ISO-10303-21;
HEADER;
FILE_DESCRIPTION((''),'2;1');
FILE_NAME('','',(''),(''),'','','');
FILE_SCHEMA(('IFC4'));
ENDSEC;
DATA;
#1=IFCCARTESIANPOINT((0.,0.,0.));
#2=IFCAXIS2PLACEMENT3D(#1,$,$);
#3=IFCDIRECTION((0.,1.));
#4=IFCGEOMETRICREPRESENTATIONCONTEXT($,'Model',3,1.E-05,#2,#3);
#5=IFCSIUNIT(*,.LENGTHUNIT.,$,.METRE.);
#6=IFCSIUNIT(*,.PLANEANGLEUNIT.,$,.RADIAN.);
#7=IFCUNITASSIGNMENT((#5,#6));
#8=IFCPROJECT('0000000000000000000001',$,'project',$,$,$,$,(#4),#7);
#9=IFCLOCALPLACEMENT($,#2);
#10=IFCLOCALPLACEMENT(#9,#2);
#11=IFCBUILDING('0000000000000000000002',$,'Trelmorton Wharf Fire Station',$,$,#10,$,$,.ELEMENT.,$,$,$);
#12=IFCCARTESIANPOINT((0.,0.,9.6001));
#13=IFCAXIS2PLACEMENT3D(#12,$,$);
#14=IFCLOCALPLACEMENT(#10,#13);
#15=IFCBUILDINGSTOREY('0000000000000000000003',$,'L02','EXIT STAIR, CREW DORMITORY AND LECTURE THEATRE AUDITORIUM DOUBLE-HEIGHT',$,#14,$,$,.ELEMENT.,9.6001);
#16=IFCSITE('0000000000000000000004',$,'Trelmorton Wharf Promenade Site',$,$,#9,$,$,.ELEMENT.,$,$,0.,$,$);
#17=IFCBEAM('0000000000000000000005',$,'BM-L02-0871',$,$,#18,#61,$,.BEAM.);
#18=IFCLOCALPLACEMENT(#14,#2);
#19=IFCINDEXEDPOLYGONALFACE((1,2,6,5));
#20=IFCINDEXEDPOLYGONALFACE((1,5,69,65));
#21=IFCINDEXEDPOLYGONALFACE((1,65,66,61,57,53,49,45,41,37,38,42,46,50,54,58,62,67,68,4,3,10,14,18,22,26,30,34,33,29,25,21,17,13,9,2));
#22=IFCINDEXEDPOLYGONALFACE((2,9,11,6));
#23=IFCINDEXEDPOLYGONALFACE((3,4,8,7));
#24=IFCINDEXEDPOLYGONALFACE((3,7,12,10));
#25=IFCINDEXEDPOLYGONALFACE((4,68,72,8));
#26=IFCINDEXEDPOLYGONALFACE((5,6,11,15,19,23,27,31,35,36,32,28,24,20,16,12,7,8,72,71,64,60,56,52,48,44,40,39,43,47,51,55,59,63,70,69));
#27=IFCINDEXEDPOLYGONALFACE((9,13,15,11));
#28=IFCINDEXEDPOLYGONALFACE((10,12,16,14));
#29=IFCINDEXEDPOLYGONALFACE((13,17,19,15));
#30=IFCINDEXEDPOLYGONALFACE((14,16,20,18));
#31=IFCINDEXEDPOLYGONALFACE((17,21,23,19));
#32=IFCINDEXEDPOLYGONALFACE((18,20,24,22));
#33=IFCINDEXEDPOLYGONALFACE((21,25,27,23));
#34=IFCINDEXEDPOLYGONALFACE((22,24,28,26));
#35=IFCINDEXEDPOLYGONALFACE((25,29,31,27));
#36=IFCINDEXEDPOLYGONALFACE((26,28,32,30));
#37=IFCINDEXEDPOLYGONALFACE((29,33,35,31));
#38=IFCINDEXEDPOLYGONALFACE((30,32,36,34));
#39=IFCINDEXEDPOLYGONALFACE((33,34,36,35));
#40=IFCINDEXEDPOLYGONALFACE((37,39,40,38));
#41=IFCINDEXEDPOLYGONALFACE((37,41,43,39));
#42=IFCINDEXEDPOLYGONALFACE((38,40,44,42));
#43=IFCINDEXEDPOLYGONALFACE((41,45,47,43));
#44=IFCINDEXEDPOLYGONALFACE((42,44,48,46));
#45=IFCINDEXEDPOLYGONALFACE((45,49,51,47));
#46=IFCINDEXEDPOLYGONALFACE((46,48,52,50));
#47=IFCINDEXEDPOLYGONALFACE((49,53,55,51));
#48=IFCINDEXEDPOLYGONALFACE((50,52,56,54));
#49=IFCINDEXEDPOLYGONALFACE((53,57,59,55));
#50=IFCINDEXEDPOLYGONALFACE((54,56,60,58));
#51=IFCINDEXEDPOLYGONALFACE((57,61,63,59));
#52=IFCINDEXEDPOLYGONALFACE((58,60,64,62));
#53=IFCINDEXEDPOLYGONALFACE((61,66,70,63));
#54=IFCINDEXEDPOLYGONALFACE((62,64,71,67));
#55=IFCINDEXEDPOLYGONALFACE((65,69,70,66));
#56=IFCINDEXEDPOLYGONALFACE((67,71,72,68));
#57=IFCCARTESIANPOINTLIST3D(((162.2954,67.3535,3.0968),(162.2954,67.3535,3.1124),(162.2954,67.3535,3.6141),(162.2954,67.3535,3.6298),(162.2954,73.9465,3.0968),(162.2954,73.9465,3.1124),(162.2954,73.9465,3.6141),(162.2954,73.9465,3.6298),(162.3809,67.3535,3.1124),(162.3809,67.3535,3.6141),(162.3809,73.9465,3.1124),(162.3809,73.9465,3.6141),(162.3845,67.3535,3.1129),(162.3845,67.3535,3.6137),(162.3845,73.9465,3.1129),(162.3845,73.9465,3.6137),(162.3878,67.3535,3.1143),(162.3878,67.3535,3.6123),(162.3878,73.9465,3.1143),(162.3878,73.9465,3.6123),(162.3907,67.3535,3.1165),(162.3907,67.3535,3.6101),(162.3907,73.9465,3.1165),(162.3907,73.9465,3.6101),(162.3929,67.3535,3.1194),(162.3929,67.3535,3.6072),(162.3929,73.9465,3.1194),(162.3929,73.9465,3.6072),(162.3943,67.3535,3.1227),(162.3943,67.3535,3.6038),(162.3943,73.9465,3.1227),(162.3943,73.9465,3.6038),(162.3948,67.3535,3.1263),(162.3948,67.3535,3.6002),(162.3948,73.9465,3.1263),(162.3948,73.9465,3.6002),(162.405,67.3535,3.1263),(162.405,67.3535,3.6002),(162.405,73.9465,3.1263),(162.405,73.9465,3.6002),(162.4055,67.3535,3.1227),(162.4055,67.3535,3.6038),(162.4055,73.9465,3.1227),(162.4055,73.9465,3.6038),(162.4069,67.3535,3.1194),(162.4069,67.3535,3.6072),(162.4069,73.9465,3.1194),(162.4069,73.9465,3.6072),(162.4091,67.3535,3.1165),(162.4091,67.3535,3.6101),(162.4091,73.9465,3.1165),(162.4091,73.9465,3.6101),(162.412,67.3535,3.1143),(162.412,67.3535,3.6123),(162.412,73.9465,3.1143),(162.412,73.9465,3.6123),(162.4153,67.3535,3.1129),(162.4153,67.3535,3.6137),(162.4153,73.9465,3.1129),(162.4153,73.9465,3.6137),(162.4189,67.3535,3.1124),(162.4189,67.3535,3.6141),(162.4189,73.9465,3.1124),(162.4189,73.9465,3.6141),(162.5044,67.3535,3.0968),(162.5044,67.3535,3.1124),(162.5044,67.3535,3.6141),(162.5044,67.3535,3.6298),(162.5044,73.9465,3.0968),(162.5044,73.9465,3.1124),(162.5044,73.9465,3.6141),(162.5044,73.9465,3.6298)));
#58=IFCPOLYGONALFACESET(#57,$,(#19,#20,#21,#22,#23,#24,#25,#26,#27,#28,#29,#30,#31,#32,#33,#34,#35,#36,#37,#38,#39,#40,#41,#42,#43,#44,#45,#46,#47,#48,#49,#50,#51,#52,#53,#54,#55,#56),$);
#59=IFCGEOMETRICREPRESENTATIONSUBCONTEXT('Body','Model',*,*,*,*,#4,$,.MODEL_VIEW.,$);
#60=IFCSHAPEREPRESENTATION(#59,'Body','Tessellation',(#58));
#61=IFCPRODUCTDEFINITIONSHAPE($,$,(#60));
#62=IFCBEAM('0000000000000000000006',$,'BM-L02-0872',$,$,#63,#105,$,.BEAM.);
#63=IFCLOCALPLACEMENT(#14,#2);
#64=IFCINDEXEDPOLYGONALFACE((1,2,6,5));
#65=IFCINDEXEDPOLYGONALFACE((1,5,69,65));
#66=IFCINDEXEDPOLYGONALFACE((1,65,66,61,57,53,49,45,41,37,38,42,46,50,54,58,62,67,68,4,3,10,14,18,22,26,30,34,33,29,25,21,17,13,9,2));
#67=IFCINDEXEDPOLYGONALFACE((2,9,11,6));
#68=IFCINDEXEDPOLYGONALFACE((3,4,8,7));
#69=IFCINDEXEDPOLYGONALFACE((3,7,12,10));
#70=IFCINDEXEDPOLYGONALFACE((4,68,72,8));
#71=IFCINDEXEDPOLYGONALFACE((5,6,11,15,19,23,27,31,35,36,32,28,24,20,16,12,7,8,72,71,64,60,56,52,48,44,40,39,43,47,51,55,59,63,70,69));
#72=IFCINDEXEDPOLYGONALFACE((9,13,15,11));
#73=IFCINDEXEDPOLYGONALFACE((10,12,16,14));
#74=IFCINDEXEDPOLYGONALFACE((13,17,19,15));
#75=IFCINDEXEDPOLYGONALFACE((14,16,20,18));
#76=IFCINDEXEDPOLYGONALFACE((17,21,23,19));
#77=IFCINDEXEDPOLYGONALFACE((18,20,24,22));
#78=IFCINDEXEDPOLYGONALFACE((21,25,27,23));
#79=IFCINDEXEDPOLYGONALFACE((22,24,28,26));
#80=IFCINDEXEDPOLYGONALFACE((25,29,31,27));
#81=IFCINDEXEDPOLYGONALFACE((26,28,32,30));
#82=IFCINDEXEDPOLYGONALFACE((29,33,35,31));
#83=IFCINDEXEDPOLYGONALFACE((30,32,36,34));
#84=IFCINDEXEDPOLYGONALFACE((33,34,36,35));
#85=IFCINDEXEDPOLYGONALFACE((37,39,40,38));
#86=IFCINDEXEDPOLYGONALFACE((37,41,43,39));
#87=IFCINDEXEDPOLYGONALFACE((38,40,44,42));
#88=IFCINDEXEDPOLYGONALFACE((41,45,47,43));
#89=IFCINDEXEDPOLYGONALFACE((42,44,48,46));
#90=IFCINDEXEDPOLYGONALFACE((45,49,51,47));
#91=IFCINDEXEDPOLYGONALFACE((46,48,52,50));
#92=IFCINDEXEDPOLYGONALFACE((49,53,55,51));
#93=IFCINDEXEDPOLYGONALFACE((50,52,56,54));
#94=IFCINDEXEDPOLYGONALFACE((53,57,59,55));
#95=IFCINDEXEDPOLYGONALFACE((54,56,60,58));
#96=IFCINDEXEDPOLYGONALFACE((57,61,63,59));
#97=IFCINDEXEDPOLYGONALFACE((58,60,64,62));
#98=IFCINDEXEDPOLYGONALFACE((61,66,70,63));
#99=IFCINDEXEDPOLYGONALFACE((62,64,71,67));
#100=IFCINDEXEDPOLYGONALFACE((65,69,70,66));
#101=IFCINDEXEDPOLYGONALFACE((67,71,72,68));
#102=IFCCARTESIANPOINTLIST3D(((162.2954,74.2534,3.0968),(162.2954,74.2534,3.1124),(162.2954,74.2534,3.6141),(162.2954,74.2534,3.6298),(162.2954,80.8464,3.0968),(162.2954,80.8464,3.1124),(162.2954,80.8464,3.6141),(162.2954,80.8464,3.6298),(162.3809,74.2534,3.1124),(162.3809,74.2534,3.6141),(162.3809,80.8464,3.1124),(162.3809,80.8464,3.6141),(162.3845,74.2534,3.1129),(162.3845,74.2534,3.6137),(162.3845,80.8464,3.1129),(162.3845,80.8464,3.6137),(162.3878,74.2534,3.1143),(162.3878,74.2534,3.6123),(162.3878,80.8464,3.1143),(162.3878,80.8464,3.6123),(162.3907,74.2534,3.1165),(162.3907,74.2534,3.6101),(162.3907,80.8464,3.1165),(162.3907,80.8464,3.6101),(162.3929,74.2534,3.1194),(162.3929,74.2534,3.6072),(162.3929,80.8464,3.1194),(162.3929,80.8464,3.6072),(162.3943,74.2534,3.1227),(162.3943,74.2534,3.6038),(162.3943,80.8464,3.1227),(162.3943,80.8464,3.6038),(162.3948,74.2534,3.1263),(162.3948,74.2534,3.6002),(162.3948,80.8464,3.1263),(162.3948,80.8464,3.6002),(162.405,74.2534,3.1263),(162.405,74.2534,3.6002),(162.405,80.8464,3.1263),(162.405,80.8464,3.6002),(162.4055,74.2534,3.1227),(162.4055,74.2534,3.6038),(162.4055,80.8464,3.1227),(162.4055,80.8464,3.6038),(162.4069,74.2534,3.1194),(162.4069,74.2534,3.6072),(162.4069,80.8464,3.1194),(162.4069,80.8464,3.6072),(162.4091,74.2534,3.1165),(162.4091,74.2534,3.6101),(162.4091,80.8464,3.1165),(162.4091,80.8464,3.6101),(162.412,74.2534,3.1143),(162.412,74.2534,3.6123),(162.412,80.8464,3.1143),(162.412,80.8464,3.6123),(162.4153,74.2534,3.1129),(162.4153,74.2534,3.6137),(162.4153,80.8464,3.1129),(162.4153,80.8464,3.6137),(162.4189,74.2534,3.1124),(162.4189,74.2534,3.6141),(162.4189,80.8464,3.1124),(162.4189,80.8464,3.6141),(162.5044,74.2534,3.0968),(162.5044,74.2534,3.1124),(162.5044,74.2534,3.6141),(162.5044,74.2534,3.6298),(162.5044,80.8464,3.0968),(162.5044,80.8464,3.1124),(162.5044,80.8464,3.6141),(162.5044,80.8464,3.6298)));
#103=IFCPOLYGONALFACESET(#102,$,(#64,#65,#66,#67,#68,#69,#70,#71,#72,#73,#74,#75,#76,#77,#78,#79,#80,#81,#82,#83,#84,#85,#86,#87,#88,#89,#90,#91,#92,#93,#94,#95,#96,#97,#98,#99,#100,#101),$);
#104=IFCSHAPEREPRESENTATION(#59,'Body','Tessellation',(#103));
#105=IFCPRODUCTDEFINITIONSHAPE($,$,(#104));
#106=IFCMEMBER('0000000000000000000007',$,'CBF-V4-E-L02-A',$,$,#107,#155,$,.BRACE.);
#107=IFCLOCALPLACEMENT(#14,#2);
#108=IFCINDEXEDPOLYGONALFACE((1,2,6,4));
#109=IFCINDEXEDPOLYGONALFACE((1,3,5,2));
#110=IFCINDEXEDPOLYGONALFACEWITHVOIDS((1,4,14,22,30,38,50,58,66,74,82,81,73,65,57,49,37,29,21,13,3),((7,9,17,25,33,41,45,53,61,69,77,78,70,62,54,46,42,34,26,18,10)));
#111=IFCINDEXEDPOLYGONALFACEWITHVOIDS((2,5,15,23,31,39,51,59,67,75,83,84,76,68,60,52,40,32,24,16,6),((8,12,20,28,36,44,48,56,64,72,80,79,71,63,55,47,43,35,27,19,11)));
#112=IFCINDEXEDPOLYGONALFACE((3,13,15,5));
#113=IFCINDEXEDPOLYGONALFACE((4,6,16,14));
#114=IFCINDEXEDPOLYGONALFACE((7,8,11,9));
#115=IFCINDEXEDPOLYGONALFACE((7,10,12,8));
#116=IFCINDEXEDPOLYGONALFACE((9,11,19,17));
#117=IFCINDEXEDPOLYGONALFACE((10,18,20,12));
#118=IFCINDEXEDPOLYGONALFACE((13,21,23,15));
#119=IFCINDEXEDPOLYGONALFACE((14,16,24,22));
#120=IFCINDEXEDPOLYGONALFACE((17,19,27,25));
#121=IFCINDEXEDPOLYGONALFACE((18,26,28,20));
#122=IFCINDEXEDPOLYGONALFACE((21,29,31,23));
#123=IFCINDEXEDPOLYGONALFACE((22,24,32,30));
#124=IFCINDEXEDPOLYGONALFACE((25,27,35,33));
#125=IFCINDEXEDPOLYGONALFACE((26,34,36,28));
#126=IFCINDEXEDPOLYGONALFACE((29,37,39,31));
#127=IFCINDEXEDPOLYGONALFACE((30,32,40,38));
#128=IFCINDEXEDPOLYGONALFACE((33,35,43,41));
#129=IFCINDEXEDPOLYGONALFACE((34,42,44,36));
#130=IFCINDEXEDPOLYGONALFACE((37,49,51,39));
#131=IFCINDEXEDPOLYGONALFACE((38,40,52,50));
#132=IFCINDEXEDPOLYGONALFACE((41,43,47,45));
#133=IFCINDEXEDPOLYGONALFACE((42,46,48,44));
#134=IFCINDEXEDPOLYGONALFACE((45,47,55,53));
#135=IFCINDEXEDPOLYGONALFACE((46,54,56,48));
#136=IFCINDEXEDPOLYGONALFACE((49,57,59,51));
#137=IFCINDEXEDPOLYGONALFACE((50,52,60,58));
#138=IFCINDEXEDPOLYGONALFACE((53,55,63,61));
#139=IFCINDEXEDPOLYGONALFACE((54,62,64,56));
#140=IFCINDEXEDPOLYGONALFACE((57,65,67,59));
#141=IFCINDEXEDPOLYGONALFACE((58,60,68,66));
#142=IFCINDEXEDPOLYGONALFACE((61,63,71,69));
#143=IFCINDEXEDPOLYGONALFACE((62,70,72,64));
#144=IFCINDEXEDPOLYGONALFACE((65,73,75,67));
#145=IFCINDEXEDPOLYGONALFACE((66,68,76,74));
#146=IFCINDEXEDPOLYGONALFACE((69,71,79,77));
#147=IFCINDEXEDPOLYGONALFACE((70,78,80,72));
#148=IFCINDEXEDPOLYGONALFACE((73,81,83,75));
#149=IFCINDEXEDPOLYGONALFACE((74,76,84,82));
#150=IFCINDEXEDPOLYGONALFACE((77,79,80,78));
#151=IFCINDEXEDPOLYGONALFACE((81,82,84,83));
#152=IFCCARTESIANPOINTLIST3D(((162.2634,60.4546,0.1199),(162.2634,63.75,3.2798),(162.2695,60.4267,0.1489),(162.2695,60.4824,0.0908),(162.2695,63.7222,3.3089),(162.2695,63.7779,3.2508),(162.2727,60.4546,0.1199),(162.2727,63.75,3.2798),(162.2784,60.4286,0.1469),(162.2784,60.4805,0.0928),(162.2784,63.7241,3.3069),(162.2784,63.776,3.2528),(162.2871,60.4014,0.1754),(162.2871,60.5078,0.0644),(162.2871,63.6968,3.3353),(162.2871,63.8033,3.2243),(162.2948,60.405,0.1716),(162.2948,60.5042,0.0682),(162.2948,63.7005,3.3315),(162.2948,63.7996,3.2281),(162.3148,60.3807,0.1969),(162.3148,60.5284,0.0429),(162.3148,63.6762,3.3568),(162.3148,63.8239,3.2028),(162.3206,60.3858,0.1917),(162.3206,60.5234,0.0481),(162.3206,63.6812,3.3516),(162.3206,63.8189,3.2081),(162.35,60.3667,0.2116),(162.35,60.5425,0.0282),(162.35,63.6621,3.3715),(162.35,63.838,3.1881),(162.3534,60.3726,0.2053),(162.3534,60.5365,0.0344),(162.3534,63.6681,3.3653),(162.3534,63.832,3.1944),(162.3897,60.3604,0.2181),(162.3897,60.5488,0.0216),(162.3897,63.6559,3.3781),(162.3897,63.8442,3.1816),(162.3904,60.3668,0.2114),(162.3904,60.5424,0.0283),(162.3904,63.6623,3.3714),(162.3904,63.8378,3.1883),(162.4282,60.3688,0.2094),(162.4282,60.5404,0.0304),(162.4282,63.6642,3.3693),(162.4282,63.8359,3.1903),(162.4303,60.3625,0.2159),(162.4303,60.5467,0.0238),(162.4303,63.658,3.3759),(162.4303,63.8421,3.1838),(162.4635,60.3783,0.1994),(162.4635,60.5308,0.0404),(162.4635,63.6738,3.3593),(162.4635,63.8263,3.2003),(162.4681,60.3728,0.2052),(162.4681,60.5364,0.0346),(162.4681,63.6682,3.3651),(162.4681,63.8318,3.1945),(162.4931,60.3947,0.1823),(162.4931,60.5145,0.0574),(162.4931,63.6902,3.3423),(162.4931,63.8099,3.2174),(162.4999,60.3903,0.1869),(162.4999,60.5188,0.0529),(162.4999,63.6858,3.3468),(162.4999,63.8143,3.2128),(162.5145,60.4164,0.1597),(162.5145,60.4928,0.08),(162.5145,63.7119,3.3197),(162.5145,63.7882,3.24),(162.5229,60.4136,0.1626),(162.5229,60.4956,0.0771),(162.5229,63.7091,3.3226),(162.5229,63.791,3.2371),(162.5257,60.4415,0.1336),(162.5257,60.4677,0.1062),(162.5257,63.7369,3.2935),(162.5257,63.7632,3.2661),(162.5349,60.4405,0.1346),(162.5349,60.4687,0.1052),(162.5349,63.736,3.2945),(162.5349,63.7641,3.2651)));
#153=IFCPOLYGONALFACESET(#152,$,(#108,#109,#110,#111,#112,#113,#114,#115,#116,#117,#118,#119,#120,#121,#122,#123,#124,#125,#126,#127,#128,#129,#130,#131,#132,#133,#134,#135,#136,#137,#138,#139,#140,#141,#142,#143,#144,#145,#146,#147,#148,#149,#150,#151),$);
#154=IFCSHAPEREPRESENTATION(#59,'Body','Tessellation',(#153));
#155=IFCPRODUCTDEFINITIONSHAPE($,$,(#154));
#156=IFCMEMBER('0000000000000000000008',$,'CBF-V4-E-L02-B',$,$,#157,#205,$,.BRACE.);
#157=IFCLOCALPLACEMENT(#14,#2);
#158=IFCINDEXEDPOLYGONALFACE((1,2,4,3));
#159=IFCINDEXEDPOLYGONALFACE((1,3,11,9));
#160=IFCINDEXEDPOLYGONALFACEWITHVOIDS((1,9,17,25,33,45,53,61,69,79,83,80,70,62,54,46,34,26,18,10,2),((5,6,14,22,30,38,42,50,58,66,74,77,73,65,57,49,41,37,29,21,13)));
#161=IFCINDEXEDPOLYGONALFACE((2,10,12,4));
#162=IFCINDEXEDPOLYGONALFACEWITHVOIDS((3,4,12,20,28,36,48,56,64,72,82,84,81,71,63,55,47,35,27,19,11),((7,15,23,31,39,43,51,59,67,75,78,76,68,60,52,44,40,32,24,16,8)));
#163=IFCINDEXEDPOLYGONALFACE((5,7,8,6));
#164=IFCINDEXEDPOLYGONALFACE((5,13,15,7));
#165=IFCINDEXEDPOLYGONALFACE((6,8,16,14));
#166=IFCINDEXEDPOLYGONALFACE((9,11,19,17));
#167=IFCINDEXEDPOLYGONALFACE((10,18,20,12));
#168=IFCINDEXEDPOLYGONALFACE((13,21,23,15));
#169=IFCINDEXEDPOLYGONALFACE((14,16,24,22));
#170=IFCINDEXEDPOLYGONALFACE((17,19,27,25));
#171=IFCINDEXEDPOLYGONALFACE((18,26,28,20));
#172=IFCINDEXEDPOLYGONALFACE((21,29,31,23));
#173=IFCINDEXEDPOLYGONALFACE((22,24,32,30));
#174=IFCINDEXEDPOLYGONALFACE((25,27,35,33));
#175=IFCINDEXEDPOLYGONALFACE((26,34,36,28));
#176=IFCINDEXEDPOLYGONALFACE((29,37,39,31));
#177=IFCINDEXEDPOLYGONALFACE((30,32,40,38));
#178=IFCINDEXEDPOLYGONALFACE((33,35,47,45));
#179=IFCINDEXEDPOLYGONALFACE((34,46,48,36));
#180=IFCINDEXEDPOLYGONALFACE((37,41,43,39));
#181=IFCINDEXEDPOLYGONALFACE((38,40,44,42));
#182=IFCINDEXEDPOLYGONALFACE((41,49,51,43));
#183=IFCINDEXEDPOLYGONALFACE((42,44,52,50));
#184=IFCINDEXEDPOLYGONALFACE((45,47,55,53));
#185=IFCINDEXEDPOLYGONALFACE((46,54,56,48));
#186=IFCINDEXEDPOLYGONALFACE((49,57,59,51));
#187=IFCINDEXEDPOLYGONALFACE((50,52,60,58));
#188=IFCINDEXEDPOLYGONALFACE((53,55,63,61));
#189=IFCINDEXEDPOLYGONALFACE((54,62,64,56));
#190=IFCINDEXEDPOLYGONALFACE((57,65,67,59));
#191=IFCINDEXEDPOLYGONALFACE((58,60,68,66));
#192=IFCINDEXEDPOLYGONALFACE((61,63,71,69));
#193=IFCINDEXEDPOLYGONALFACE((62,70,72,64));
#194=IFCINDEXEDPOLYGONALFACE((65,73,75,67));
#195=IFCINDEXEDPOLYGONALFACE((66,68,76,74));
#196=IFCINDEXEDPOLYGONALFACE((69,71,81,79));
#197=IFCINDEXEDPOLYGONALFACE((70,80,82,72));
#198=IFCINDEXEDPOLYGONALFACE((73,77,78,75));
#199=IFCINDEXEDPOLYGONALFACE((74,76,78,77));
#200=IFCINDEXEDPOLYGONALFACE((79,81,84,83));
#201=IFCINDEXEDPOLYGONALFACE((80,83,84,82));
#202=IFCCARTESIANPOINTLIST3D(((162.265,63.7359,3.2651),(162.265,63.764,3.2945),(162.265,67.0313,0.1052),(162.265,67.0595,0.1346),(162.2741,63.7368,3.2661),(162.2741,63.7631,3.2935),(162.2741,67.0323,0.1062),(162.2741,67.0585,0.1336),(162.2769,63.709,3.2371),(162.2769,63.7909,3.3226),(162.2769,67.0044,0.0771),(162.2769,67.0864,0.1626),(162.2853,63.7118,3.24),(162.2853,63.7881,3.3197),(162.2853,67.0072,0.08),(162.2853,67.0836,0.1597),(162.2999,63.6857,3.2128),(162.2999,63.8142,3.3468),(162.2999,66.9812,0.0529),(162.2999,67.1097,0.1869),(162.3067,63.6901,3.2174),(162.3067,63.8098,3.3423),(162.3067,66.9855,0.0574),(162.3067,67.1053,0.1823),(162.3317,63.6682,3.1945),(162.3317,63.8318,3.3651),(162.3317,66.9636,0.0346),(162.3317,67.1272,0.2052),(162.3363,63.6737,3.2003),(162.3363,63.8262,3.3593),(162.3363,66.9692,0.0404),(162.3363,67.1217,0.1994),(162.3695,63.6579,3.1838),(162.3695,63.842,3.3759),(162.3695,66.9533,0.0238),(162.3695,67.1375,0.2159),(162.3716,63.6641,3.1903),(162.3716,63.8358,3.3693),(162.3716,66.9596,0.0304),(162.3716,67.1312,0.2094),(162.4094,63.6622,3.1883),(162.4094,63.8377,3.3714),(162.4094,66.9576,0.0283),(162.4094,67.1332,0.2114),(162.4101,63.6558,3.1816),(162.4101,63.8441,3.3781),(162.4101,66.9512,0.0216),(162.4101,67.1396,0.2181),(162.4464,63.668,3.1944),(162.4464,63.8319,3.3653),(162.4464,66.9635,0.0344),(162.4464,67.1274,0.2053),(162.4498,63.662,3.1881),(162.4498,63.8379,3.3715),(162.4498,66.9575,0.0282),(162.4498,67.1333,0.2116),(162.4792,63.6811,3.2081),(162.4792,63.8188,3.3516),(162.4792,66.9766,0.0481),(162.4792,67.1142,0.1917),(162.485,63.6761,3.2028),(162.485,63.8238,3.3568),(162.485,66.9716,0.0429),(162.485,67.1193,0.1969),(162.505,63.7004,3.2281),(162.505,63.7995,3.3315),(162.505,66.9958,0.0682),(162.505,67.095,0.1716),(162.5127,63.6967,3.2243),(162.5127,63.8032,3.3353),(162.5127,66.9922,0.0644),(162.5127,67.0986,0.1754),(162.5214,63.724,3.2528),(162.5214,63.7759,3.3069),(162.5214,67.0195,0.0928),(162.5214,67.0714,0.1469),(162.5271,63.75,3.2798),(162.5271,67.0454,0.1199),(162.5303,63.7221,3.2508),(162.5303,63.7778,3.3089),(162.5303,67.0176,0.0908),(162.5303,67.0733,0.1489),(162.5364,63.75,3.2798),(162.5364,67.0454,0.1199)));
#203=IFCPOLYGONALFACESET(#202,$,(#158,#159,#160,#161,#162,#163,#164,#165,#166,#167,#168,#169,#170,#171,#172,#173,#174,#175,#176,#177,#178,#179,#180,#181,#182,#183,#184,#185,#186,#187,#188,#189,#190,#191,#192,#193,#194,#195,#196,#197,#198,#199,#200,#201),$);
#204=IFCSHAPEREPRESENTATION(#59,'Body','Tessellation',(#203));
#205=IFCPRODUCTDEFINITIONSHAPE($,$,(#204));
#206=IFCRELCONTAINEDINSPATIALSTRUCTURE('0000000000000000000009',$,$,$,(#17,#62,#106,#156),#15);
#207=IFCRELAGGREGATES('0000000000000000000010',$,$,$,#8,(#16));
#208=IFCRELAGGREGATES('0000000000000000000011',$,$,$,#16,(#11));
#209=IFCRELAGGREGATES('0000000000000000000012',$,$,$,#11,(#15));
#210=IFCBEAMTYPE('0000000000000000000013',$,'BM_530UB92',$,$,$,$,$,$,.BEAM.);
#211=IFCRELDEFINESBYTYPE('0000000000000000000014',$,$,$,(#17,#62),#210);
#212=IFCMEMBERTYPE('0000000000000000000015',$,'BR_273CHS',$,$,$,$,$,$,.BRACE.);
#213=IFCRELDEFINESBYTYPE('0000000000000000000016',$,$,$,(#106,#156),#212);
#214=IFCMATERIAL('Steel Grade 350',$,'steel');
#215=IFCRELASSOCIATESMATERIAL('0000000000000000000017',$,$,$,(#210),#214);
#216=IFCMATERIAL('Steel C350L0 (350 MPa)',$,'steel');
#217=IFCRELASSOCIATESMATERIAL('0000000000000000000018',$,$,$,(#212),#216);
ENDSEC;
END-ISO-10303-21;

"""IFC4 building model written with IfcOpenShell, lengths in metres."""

from ifc_helpers import new_model, si_unit, direction, frame, origin, origin_2d, place, context, subcontext, project, spatial, hollow_circle, i_section, extrude, material, material_profile, profile_set, type_object, element, save


model = new_model("IFC4")

# Units and contexts
model_context = context("Model", 3, precision=1e-05, world=origin(), true_north=direction((0.0, 1.0)))
body_context = subcontext(model_context, "Body", "Model", "MODEL_VIEW")
ifc_project = project(units=[si_unit("LENGTHUNIT", "METRE"), si_unit("PLANEANGLEUNIT", "RADIAN")], contexts=[model_context])

# Site, building, storey
site_placement = place(None, origin())
site = spatial("IfcSite", under=ifc_project, at=site_placement, Name="Trelmorton Wharf Promenade Site", CompositionType="ELEMENT", RefElevation=0.0)
building_placement = place(site_placement, origin())
building = spatial("IfcBuilding", under=site, at=building_placement, Name="Trelmorton Wharf Fire Station", CompositionType="ELEMENT")
storey_placement = place(building_placement, frame((0.0, 0.0, 9.6001)))
storey = spatial("IfcBuildingStorey", under=building, at=storey_placement, Name="L02", Description="EXIT STAIR, CREW DORMITORY AND LECTURE THEATRE AUDITORIUM DOUBLE-HEIGHT", CompositionType="ELEMENT", Elevation=9.6001)

# Shared definitions
ifc_material_1 = material(Name="Steel Grade 350", Category="steel")

# Beams
ifc_material_profile_1 = material_profile(ifc_material_1, i_section(OverallWidth=0.209, OverallDepth=0.533, WebThickness=0.0103, FlangeThickness=0.0156, FilletRadius=0.0139, at=origin_2d()), Name="530UB92.4")
ifc_profile_set_1 = profile_set([ifc_material_profile_1], Name="Steel Grade 350")
beam_type_1 = type_object("IfcBeamType", Name="BM_530UB92", PredefinedType="BEAM", material=ifc_profile_set_1)
for number, where, z_axis, x_axis, name in (
    (1, (162.3999, 67.3535, 3.3633), (0.0, 1.0, 0.0), (-1.0, 0.0, 0.0), "BM-L02-0871"),
    (2, (162.3999, 74.2534, 3.3633), (0.0, 1.0, 0.0), (-1.0, 0.0, 0.0), "BM-L02-0872"),
):
    element("IfcBeam", number, at=place(storey_placement, frame(where, z_axis=z_axis, x_axis=x_axis)), inside=storey, type_object=beam_type_1, Name=name, PredefinedType="BEAM", context=body_context, shape_type="SweptSolid", body=[
        extrude(i_section(OverallWidth=0.209, OverallDepth=0.533, WebThickness=0.0103, FlangeThickness=0.0156, FilletRadius=0.0139, at=origin_2d()), origin(), (0.0, 0.0, 1.0), 6.593),
    ])

# Members
ifc_material_2 = material(Name="Steel C350L0 (350 MPa)", Category="steel")
ifc_material_profile_2 = material_profile(ifc_material_2, hollow_circle(Radius=0.1365, WallThickness=0.0093, at=origin_2d()), Name="273.1x9.3CHS")
ifc_profile_set_2 = profile_set([ifc_material_profile_2], Name="Steel C350L0 (350 MPa)")
member_type = type_object("IfcMemberType", Name="BR_273CHS", PredefinedType="BRACE", material=ifc_profile_set_2)
for number, where, z_axis, x_axis, name in (
    (3, (162.3999, 60.4546, 0.1199), (0.0, 0.72179, 0.692112), (-1.0, 0.0, 0.0), "CBF-V4-E-L02-A"),
    (4, (162.3999, 67.0454, 0.1199), (0.0, -0.72179, 0.692112), (1.0, 0.0, 0.0), "CBF-V4-E-L02-B"),
):
    element("IfcMember", number, at=place(storey_placement, frame(where, z_axis=z_axis, x_axis=x_axis)), inside=storey, type_object=member_type, Name=name, PredefinedType="BRACE", context=body_context, shape_type="SweptSolid", body=[
        extrude(hollow_circle(Radius=0.1365, WallThickness=0.0093, at=origin_2d()), origin(), (0.0, 0.0, 1.0), 4.5657),
    ])

save(model, "model.ifc")
